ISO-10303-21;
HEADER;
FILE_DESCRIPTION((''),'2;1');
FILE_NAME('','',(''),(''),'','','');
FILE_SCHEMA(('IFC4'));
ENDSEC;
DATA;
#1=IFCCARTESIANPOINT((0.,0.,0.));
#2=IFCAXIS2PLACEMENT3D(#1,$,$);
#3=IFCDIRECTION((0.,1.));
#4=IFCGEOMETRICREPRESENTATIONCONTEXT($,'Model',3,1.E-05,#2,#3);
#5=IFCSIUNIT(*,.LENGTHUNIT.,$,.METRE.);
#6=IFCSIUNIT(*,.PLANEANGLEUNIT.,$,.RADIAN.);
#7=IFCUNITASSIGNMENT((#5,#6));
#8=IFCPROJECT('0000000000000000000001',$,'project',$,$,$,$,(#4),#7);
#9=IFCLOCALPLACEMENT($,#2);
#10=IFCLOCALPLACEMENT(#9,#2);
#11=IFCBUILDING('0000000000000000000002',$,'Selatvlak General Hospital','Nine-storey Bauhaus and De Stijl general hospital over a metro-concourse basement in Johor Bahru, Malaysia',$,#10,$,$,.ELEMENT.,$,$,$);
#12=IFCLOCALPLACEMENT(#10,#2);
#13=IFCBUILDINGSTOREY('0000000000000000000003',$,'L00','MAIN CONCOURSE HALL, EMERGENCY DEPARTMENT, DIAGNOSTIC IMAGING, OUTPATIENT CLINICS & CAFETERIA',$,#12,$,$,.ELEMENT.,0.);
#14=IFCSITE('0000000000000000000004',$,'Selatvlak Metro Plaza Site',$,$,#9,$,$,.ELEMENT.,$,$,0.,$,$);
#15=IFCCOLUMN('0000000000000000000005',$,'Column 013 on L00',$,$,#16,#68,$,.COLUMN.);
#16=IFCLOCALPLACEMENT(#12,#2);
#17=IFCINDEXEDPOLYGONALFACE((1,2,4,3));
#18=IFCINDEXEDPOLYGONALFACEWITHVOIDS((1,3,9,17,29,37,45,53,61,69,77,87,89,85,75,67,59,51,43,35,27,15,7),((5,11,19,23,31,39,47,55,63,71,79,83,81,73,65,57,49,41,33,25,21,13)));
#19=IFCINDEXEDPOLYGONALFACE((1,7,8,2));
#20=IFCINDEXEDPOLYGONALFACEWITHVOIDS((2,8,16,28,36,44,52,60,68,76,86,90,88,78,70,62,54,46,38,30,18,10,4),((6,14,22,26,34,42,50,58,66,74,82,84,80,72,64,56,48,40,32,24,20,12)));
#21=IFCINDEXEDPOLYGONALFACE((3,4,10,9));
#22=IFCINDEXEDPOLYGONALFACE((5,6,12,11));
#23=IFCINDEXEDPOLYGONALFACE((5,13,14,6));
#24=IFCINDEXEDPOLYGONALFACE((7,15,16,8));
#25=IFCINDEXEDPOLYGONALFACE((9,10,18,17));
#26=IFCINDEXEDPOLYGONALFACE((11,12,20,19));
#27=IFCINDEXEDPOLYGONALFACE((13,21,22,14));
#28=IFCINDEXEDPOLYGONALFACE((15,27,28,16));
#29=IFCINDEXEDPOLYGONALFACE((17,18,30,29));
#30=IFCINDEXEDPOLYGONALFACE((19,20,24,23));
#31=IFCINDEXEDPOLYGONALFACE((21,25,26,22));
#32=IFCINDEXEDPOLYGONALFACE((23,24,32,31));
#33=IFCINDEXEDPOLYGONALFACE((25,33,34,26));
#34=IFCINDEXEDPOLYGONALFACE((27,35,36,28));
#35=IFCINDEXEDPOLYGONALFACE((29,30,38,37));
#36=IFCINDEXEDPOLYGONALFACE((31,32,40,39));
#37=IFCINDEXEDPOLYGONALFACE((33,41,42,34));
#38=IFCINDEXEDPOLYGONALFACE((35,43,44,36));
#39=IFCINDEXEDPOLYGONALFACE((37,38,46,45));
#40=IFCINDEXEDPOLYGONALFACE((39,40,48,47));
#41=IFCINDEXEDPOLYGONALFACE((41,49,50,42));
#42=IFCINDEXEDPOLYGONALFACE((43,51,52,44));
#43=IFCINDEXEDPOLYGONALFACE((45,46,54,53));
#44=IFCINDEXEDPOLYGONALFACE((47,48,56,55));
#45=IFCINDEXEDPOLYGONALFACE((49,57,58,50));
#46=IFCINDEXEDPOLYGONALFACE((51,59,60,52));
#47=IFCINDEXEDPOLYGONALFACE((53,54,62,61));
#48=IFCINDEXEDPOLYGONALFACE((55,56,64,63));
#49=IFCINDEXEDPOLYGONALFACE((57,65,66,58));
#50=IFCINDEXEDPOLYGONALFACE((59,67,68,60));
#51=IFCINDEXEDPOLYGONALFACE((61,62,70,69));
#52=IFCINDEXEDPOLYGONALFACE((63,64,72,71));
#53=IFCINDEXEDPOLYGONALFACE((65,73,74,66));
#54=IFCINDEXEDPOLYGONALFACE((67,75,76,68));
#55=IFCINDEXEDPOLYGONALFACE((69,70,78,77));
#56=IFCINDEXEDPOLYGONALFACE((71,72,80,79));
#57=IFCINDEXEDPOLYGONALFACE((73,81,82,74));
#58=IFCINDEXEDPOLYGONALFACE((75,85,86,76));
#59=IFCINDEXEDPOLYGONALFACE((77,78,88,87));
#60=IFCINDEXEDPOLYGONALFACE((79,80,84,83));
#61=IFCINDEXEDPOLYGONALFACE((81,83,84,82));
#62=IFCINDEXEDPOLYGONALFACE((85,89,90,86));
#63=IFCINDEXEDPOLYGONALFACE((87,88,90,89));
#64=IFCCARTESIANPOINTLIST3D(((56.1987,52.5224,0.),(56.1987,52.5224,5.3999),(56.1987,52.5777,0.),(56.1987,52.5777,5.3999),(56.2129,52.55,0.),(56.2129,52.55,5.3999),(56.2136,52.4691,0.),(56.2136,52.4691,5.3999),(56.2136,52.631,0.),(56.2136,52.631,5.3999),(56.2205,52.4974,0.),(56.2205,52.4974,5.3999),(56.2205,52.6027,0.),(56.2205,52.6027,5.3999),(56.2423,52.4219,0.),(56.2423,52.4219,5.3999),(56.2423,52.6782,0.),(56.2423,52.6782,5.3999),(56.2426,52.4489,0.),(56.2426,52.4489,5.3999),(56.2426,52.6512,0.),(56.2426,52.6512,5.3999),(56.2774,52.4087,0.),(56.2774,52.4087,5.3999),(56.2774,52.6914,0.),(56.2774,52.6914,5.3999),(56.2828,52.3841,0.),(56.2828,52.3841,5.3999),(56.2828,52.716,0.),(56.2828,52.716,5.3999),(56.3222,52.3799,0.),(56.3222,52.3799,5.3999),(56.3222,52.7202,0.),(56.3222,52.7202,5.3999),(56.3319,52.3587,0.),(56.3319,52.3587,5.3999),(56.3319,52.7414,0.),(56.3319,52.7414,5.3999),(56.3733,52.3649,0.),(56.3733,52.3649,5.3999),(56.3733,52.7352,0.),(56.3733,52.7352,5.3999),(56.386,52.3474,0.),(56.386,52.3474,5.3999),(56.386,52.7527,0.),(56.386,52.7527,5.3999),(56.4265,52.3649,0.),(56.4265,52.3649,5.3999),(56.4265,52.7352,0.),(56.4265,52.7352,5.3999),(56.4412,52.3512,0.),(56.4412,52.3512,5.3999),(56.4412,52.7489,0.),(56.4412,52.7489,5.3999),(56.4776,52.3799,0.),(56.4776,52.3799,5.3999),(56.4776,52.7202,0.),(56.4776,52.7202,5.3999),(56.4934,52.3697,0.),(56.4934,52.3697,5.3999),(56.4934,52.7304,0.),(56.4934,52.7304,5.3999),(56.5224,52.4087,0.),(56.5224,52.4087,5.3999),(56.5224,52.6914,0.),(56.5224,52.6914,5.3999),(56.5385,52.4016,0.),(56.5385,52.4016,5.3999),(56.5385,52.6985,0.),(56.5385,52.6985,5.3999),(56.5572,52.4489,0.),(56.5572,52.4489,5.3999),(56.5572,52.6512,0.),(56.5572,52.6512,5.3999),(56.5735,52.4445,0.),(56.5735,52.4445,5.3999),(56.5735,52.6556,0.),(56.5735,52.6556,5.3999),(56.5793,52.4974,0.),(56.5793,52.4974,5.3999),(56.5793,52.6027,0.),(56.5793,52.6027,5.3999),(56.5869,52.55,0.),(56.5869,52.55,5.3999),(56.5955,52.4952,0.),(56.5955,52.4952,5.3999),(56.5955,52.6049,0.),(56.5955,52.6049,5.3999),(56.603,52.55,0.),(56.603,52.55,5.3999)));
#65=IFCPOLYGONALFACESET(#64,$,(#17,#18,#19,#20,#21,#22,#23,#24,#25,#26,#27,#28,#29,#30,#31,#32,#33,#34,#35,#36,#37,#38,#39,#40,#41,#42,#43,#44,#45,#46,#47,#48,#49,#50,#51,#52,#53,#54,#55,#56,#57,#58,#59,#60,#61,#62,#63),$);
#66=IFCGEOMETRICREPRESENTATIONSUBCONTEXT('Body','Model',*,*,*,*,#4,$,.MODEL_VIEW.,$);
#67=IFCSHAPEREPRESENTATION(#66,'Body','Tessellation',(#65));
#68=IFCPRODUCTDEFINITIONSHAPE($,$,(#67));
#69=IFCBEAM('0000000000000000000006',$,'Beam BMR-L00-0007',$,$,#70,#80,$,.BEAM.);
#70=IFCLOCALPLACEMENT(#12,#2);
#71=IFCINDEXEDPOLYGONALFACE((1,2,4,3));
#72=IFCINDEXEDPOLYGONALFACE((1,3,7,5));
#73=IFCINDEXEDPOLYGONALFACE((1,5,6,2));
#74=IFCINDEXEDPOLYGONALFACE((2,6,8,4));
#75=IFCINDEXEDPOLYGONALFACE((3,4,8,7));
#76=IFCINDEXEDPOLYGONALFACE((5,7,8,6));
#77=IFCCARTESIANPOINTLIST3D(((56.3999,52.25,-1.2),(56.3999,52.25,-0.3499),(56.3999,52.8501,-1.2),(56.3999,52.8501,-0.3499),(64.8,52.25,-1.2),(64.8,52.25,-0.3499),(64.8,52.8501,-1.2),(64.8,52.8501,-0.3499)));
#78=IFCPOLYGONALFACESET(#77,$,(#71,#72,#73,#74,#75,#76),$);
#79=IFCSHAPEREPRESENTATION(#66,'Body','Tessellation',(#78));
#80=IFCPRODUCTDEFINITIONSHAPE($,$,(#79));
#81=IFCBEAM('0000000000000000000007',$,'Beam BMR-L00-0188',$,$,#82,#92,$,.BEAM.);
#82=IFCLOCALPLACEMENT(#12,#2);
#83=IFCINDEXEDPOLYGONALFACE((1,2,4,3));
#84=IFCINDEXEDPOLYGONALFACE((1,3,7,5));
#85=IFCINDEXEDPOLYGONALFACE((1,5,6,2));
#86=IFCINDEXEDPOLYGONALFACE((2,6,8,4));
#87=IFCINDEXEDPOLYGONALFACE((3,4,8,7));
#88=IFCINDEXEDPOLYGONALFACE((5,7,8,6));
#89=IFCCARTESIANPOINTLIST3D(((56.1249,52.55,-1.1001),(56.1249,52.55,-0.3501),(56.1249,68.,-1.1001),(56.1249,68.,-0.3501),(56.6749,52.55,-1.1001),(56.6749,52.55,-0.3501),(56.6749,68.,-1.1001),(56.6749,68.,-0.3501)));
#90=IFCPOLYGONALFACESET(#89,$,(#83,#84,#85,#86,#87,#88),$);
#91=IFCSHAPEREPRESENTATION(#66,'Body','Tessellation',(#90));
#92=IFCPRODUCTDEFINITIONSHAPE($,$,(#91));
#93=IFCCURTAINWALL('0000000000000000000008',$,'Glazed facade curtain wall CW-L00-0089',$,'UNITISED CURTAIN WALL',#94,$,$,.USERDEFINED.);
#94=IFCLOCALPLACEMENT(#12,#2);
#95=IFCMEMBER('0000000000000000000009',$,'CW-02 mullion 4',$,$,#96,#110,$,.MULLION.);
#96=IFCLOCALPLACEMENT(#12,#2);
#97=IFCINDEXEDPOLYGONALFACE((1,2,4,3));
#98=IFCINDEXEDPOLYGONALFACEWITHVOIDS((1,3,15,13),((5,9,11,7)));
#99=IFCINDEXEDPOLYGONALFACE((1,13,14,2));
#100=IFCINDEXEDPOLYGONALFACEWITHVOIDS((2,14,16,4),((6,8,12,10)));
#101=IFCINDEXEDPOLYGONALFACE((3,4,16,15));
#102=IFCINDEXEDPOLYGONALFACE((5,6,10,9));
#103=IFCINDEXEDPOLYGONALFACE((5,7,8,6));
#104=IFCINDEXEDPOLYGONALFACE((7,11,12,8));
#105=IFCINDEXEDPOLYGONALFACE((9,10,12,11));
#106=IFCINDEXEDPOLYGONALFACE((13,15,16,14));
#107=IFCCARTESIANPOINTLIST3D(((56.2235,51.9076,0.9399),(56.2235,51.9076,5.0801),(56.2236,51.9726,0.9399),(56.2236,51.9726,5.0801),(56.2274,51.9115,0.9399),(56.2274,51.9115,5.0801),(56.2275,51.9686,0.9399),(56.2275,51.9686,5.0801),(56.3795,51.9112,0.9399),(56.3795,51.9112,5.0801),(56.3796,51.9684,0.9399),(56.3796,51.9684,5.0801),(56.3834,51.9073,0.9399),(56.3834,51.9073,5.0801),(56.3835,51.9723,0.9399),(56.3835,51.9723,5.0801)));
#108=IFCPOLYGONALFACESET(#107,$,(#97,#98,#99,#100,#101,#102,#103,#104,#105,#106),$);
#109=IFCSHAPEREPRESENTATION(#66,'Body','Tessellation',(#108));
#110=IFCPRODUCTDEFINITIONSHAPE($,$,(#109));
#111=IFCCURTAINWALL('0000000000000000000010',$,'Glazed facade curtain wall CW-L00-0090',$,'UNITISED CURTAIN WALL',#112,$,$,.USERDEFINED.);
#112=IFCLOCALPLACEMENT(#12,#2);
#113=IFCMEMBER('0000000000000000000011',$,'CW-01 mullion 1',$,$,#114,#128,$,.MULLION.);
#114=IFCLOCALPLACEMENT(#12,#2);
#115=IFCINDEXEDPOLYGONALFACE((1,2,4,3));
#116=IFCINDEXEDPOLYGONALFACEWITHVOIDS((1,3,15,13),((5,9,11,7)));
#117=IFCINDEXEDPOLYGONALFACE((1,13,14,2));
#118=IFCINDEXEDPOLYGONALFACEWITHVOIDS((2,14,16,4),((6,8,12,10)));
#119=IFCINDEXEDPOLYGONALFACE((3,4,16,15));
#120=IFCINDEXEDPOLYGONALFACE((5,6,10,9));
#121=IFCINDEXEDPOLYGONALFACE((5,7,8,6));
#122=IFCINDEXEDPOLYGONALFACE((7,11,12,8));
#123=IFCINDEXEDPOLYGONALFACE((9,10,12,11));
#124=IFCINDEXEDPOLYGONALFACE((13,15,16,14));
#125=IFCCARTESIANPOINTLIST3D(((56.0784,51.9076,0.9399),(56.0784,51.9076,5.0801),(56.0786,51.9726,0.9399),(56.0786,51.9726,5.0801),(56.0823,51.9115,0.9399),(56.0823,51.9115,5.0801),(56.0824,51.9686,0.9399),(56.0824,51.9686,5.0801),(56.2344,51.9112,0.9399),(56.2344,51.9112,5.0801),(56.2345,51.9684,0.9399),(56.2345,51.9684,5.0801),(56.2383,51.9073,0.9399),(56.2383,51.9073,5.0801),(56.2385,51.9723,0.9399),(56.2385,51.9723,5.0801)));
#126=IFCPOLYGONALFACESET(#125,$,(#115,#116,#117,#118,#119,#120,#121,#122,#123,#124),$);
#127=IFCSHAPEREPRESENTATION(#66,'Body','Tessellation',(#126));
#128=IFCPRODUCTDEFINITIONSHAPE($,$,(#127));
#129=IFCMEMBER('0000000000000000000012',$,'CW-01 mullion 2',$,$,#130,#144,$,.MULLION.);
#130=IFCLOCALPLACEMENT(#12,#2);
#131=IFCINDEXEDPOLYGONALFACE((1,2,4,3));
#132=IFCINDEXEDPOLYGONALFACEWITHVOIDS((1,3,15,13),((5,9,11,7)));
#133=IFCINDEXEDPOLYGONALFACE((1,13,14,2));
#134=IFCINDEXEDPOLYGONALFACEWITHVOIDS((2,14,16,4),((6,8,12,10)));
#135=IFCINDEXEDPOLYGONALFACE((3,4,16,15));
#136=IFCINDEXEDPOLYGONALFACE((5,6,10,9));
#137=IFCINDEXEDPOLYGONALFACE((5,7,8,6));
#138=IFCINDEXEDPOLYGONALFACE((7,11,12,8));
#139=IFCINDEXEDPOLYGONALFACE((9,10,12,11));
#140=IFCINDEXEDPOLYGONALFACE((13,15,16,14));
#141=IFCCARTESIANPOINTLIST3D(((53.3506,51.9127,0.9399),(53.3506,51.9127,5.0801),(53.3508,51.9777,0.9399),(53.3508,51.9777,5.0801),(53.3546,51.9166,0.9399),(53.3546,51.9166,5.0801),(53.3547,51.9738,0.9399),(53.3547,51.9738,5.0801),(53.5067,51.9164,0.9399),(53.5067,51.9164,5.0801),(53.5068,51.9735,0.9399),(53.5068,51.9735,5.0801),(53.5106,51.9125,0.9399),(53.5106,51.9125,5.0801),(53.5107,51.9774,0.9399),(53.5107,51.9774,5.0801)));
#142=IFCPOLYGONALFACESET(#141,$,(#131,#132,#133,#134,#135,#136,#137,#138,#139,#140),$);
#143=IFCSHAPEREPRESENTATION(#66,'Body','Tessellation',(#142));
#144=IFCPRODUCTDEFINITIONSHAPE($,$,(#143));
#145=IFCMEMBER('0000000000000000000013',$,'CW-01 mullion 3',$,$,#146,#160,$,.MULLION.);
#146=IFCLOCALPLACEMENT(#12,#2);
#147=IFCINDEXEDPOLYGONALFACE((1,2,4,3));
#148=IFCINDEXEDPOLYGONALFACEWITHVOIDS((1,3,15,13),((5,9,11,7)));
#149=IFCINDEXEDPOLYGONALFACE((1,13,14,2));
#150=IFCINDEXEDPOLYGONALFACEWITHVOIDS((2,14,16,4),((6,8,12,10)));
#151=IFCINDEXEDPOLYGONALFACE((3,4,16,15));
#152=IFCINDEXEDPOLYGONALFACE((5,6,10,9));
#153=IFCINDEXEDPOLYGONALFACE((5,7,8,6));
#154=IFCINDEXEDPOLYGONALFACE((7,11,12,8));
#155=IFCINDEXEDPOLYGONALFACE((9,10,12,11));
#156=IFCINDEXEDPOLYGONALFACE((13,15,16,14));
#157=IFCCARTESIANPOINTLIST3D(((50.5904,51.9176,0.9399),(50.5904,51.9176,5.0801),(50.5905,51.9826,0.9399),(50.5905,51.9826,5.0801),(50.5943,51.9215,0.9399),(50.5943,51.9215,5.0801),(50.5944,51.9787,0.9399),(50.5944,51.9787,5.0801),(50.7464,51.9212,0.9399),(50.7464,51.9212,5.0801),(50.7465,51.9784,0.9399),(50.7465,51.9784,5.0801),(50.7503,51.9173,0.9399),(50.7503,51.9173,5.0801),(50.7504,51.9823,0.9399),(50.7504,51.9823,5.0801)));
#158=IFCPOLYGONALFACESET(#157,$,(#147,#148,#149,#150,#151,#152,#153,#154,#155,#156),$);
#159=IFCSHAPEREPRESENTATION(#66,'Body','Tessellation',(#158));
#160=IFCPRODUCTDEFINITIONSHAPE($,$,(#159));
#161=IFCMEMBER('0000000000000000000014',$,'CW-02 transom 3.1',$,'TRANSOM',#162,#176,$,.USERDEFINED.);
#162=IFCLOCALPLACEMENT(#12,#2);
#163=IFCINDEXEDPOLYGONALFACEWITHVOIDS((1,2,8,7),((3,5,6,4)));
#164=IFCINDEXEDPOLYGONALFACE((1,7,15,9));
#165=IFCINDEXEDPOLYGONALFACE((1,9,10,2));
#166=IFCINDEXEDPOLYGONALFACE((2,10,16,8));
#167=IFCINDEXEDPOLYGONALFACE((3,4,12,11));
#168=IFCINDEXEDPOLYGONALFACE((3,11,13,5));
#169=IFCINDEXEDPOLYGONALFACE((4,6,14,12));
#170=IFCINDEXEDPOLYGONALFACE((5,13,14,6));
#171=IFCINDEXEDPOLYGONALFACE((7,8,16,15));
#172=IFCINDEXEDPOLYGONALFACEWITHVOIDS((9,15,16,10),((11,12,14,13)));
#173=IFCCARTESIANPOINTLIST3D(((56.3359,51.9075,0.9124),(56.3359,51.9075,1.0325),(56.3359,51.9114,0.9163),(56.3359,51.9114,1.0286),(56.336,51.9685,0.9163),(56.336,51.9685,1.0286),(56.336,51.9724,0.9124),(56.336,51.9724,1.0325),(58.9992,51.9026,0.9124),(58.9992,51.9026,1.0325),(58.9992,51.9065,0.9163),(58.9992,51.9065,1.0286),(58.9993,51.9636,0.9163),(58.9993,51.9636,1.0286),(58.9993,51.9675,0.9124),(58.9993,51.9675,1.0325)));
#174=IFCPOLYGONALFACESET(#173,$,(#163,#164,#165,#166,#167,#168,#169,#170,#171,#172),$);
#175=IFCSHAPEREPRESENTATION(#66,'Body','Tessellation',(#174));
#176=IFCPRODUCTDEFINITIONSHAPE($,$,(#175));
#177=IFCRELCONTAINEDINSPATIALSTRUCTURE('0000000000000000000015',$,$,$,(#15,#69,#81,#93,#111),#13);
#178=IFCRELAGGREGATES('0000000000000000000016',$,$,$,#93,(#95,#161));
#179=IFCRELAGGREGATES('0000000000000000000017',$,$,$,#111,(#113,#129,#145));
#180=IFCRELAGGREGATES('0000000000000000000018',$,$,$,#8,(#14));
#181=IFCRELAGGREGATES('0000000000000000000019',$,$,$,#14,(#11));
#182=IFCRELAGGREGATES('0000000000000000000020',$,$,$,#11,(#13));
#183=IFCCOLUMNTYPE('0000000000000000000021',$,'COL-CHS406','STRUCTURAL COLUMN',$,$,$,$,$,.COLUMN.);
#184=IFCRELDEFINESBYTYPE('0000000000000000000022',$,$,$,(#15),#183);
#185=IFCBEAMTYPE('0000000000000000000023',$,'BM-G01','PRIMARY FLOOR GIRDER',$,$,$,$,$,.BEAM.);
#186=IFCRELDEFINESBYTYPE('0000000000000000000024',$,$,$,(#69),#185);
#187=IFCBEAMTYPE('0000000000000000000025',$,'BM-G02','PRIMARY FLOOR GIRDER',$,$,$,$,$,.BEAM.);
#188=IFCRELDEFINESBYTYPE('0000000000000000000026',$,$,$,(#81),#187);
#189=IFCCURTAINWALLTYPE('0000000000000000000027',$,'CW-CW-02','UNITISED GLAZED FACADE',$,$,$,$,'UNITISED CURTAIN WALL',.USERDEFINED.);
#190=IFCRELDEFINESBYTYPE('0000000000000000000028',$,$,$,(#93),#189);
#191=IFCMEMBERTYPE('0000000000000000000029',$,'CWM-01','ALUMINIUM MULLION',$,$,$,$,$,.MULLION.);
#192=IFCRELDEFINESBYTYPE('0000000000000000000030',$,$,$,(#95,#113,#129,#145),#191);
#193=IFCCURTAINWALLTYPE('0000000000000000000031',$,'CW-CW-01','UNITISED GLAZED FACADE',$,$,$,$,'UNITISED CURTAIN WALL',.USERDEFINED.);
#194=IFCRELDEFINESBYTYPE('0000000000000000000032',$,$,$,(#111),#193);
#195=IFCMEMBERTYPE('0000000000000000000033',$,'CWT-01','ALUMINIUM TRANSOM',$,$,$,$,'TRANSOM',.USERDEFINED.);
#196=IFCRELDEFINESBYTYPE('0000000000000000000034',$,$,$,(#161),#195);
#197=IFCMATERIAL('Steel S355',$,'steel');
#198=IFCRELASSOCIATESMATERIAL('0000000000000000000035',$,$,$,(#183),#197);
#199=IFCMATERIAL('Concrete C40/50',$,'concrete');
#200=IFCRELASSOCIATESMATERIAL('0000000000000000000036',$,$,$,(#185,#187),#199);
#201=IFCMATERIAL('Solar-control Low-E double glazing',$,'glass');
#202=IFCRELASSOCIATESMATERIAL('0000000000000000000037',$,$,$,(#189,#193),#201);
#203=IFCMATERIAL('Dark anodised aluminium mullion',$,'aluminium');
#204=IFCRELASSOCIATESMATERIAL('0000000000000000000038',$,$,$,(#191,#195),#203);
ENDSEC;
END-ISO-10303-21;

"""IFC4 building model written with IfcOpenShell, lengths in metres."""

from ifc_helpers import new_model, si_unit, direction, frame, origin, origin_2d, place, context, subcontext, project, spatial, rectangle, hollow_rectangle, hollow_circle, extrude, material, material_profile, profile_set, type_object, element, aggregate, save


model = new_model("IFC4")

# Units and contexts
model_context = context("Model", 3, precision=1e-05, world=origin(), true_north=direction((0.0, 1.0)))
body_context = subcontext(model_context, "Body", "Model", "MODEL_VIEW")
ifc_project = project(units=[si_unit("LENGTHUNIT", "METRE"), si_unit("PLANEANGLEUNIT", "RADIAN")], contexts=[model_context])

# Site, building, storey
site_placement = place(None, origin())
site = spatial("IfcSite", under=ifc_project, at=site_placement, Name="Selatvlak Metro Plaza Site", CompositionType="ELEMENT", RefElevation=0.0)
building_placement = place(site_placement, origin())
building = spatial("IfcBuilding", under=site, at=building_placement, Name="Selatvlak General Hospital", Description="Nine-storey Bauhaus and De Stijl general hospital over a metro-concourse basement in Johor Bahru, Malaysia", CompositionType="ELEMENT")
storey_placement = place(building_placement, origin())
storey = spatial("IfcBuildingStorey", under=building, at=storey_placement, Name="L00", Description="MAIN CONCOURSE HALL, EMERGENCY DEPARTMENT, DIAGNOSTIC IMAGING, OUTPATIENT CLINICS & CAFETERIA", CompositionType="ELEMENT", Elevation=0.0)

# Column
ifc_material_1 = material(Name="Steel S355", Category="steel")
ifc_material_profile_1 = material_profile(ifc_material_1, hollow_circle(Radius=0.2031, WallThickness=0.0161, at=origin_2d()), Name="CHS 406.4x16")
ifc_profile_set_1 = profile_set([ifc_material_profile_1], Name="Steel S355")
column_type = type_object("IfcColumnType", Name="COL-CHS406", Description="STRUCTURAL COLUMN", PredefinedType="COLUMN", material=ifc_profile_set_1)
column_placement = place(storey_placement, frame((56.3999, 52.55, 0.0), z_axis=(0.0, 0.0, 1.0), x_axis=(1.0, 0.0, 0.0)))
element("IfcColumn", 1, at=column_placement, inside=storey, type_object=column_type, Name="Column 013 on L00", PredefinedType="COLUMN", context=body_context, shape_type="SweptSolid", body=[
    extrude(hollow_circle(Radius=0.2031, WallThickness=0.0161, at=origin_2d()), origin(), (0.0, 0.0, 1.0), 5.3999),
])

# Beams
ifc_material_2 = material(Name="Concrete C40/50", Category="concrete")
ifc_material_profile_2 = material_profile(ifc_material_2, rectangle(XDim=0.6001, YDim=0.8501, at=origin_2d()), Name="RC-BM 600x850")
ifc_profile_set_2 = profile_set([ifc_material_profile_2], Name="Concrete C40/50")
beam_type_1 = type_object("IfcBeamType", Name="BM-G01", Description="PRIMARY FLOOR GIRDER", PredefinedType="BEAM", material=ifc_profile_set_2)
beam_1_placement = place(storey_placement, frame((56.3999, 52.55, -0.7749), z_axis=(1.0, 0.0, 0.0), x_axis=(0.0, 1.0, 0.0)))
element("IfcBeam", 2, at=beam_1_placement, inside=storey, type_object=beam_type_1, Name="Beam BMR-L00-0007", PredefinedType="BEAM", context=body_context, shape_type="SweptSolid", body=[
    extrude(rectangle(XDim=0.6001, YDim=0.8501, at=origin_2d()), origin(), (0.0, 0.0, 1.0), 8.4001),
])
ifc_material_profile_3 = material_profile(ifc_material_2, rectangle(XDim=0.55, YDim=0.75, at=origin_2d()), Name="RC-BM 550x750")
ifc_profile_set_3 = profile_set([ifc_material_profile_3], Name="Concrete C40/50")
beam_type_2 = type_object("IfcBeamType", Name="BM-G02", Description="PRIMARY FLOOR GIRDER", PredefinedType="BEAM", material=ifc_profile_set_3)
beam_2_placement = place(storey_placement, frame((56.3999, 52.55, -0.7251), z_axis=(0.0, 1.0, 0.0), x_axis=(-1.0, 0.0, 0.0)))
element("IfcBeam", 3, at=beam_2_placement, inside=storey, type_object=beam_type_2, Name="Beam BMR-L00-0188", PredefinedType="BEAM", context=body_context, shape_type="SweptSolid", body=[
    extrude(rectangle(XDim=0.55, YDim=0.75, at=origin_2d()), origin(), (0.0, 0.0, 1.0), 15.45),
])

# Curtain wall, member
ifc_material_3 = material(Name="Solar-control Low-E double glazing", Category="glass")
curtain_wall_type_1 = type_object("IfcCurtainWallType", Name="CW-CW-02", Description="UNITISED GLAZED FACADE", ElementType="UNITISED CURTAIN WALL", PredefinedType="USERDEFINED", material=ifc_material_3)
curtain_wall_1_placement = place(storey_placement, origin())
curtain_wall_1 = element("IfcCurtainWall", 4, at=curtain_wall_1_placement, inside=storey, type_object=curtain_wall_type_1, Name="Glazed facade curtain wall CW-L00-0089", ObjectType="UNITISED CURTAIN WALL", PredefinedType="USERDEFINED")
ifc_material_4 = material(Name="Dark anodised aluminium mullion", Category="aluminium")
ifc_material_profile_4 = material_profile(ifc_material_4, hollow_rectangle(XDim=0.0649, YDim=0.1599, WallThickness=0.0039, at=origin_2d()), Name="AL-MUL 65x160x4")
ifc_profile_set_4 = profile_set([ifc_material_profile_4], Name="Dark anodised aluminium mullion")
member_type_1 = type_object("IfcMemberType", Name="CWM-01", Description="ALUMINIUM MULLION", PredefinedType="MULLION", material=ifc_profile_set_4)
member_1_placement = place(storey_placement, frame((56.3035, 51.9399, 0.9399), z_axis=(0.0, 0.0, 1.0), x_axis=(-0.001811, -0.999998, 0.0)))
member_1 = element("IfcMember", 5, at=member_1_placement, type_object=member_type_1, Name="CW-02 mullion 4", PredefinedType="MULLION", context=body_context, shape_type="SweptSolid", body=[
    extrude(hollow_rectangle(XDim=0.0649, YDim=0.1599, WallThickness=0.0039, at=origin_2d()), origin(), (0.0, 0.0, 1.0), 4.1401),
])

# Curtain wall, members
curtain_wall_type_2 = type_object("IfcCurtainWallType", Name="CW-CW-01", Description="UNITISED GLAZED FACADE", ElementType="UNITISED CURTAIN WALL", PredefinedType="USERDEFINED", material=ifc_material_3)
curtain_wall_2_placement = place(storey_placement, origin())
curtain_wall_2 = element("IfcCurtainWall", 6, at=curtain_wall_2_placement, inside=storey, type_object=curtain_wall_type_2, Name="Glazed facade curtain wall CW-L00-0090", ObjectType="UNITISED CURTAIN WALL", PredefinedType="USERDEFINED")
member_2_placement = place(storey_placement, frame((56.1584, 51.9399, 0.9399), z_axis=(0.0, 0.0, 1.0), x_axis=(-0.001811, -0.999998, 0.0)))
member_2 = element("IfcMember", 7, at=member_2_placement, type_object=member_type_1, Name="CW-01 mullion 1", PredefinedType="MULLION", context=body_context, shape_type="SweptSolid", body=[
    extrude(hollow_rectangle(XDim=0.0649, YDim=0.1599, WallThickness=0.0039, at=origin_2d()), origin(), (0.0, 0.0, 1.0), 4.1401),
])
member_3_placement = place(storey_placement, frame((53.4307, 51.9451, 0.9399), z_axis=(0.0, 0.0, 1.0), x_axis=(-0.001811, -0.999998, 0.0)))
member_3 = element("IfcMember", 8, at=member_3_placement, type_object=member_type_1, Name="CW-01 mullion 2", PredefinedType="MULLION", context=body_context, shape_type="SweptSolid", body=[
    extrude(hollow_rectangle(XDim=0.0649, YDim=0.1599, WallThickness=0.0039, at=origin_2d()), origin(), (0.0, 0.0, 1.0), 4.1401),
])
member_4_placement = place(storey_placement, frame((50.6704, 51.95, 0.9399), z_axis=(0.0, 0.0, 1.0), x_axis=(-0.001811, -0.999998, 0.0)))
member_4 = element("IfcMember", 9, at=member_4_placement, type_object=member_type_1, Name="CW-01 mullion 3", PredefinedType="MULLION", context=body_context, shape_type="SweptSolid", body=[
    extrude(hollow_rectangle(XDim=0.0649, YDim=0.1599, WallThickness=0.0039, at=origin_2d()), origin(), (0.0, 0.0, 1.0), 4.1401),
])

# Member
ifc_material_profile_5 = material_profile(ifc_material_4, hollow_rectangle(XDim=0.0649, YDim=0.1201, WallThickness=0.0039, at=origin_2d()), Name="AL-TRN 65x120x4")
ifc_profile_set_5 = profile_set([ifc_material_profile_5], Name="Dark anodised aluminium mullion")
member_type_2 = type_object("IfcMemberType", Name="CWT-01", Description="ALUMINIUM TRANSOM", ElementType="TRANSOM", PredefinedType="USERDEFINED", material=ifc_profile_set_5)
member_5_placement = place(storey_placement, frame((58.9993, 51.9351, 0.9724), z_axis=(-0.999998, 0.001833, 0.0), x_axis=(-0.001833, -0.999998, 0.0)))
member_5 = element("IfcMember", 10, at=member_5_placement, type_object=member_type_2, Name="CW-02 transom 3.1", ObjectType="TRANSOM", PredefinedType="USERDEFINED", context=body_context, shape_type="SweptSolid", body=[
    extrude(hollow_rectangle(XDim=0.0649, YDim=0.1201, WallThickness=0.0039, at=origin_2d()), origin(), (0.0, 0.0, 1.0), 2.6633),
])

aggregate(curtain_wall_1, [member_1, member_5])
aggregate(curtain_wall_2, [member_2, member_3, member_4])

save(model, "model.ifc")
